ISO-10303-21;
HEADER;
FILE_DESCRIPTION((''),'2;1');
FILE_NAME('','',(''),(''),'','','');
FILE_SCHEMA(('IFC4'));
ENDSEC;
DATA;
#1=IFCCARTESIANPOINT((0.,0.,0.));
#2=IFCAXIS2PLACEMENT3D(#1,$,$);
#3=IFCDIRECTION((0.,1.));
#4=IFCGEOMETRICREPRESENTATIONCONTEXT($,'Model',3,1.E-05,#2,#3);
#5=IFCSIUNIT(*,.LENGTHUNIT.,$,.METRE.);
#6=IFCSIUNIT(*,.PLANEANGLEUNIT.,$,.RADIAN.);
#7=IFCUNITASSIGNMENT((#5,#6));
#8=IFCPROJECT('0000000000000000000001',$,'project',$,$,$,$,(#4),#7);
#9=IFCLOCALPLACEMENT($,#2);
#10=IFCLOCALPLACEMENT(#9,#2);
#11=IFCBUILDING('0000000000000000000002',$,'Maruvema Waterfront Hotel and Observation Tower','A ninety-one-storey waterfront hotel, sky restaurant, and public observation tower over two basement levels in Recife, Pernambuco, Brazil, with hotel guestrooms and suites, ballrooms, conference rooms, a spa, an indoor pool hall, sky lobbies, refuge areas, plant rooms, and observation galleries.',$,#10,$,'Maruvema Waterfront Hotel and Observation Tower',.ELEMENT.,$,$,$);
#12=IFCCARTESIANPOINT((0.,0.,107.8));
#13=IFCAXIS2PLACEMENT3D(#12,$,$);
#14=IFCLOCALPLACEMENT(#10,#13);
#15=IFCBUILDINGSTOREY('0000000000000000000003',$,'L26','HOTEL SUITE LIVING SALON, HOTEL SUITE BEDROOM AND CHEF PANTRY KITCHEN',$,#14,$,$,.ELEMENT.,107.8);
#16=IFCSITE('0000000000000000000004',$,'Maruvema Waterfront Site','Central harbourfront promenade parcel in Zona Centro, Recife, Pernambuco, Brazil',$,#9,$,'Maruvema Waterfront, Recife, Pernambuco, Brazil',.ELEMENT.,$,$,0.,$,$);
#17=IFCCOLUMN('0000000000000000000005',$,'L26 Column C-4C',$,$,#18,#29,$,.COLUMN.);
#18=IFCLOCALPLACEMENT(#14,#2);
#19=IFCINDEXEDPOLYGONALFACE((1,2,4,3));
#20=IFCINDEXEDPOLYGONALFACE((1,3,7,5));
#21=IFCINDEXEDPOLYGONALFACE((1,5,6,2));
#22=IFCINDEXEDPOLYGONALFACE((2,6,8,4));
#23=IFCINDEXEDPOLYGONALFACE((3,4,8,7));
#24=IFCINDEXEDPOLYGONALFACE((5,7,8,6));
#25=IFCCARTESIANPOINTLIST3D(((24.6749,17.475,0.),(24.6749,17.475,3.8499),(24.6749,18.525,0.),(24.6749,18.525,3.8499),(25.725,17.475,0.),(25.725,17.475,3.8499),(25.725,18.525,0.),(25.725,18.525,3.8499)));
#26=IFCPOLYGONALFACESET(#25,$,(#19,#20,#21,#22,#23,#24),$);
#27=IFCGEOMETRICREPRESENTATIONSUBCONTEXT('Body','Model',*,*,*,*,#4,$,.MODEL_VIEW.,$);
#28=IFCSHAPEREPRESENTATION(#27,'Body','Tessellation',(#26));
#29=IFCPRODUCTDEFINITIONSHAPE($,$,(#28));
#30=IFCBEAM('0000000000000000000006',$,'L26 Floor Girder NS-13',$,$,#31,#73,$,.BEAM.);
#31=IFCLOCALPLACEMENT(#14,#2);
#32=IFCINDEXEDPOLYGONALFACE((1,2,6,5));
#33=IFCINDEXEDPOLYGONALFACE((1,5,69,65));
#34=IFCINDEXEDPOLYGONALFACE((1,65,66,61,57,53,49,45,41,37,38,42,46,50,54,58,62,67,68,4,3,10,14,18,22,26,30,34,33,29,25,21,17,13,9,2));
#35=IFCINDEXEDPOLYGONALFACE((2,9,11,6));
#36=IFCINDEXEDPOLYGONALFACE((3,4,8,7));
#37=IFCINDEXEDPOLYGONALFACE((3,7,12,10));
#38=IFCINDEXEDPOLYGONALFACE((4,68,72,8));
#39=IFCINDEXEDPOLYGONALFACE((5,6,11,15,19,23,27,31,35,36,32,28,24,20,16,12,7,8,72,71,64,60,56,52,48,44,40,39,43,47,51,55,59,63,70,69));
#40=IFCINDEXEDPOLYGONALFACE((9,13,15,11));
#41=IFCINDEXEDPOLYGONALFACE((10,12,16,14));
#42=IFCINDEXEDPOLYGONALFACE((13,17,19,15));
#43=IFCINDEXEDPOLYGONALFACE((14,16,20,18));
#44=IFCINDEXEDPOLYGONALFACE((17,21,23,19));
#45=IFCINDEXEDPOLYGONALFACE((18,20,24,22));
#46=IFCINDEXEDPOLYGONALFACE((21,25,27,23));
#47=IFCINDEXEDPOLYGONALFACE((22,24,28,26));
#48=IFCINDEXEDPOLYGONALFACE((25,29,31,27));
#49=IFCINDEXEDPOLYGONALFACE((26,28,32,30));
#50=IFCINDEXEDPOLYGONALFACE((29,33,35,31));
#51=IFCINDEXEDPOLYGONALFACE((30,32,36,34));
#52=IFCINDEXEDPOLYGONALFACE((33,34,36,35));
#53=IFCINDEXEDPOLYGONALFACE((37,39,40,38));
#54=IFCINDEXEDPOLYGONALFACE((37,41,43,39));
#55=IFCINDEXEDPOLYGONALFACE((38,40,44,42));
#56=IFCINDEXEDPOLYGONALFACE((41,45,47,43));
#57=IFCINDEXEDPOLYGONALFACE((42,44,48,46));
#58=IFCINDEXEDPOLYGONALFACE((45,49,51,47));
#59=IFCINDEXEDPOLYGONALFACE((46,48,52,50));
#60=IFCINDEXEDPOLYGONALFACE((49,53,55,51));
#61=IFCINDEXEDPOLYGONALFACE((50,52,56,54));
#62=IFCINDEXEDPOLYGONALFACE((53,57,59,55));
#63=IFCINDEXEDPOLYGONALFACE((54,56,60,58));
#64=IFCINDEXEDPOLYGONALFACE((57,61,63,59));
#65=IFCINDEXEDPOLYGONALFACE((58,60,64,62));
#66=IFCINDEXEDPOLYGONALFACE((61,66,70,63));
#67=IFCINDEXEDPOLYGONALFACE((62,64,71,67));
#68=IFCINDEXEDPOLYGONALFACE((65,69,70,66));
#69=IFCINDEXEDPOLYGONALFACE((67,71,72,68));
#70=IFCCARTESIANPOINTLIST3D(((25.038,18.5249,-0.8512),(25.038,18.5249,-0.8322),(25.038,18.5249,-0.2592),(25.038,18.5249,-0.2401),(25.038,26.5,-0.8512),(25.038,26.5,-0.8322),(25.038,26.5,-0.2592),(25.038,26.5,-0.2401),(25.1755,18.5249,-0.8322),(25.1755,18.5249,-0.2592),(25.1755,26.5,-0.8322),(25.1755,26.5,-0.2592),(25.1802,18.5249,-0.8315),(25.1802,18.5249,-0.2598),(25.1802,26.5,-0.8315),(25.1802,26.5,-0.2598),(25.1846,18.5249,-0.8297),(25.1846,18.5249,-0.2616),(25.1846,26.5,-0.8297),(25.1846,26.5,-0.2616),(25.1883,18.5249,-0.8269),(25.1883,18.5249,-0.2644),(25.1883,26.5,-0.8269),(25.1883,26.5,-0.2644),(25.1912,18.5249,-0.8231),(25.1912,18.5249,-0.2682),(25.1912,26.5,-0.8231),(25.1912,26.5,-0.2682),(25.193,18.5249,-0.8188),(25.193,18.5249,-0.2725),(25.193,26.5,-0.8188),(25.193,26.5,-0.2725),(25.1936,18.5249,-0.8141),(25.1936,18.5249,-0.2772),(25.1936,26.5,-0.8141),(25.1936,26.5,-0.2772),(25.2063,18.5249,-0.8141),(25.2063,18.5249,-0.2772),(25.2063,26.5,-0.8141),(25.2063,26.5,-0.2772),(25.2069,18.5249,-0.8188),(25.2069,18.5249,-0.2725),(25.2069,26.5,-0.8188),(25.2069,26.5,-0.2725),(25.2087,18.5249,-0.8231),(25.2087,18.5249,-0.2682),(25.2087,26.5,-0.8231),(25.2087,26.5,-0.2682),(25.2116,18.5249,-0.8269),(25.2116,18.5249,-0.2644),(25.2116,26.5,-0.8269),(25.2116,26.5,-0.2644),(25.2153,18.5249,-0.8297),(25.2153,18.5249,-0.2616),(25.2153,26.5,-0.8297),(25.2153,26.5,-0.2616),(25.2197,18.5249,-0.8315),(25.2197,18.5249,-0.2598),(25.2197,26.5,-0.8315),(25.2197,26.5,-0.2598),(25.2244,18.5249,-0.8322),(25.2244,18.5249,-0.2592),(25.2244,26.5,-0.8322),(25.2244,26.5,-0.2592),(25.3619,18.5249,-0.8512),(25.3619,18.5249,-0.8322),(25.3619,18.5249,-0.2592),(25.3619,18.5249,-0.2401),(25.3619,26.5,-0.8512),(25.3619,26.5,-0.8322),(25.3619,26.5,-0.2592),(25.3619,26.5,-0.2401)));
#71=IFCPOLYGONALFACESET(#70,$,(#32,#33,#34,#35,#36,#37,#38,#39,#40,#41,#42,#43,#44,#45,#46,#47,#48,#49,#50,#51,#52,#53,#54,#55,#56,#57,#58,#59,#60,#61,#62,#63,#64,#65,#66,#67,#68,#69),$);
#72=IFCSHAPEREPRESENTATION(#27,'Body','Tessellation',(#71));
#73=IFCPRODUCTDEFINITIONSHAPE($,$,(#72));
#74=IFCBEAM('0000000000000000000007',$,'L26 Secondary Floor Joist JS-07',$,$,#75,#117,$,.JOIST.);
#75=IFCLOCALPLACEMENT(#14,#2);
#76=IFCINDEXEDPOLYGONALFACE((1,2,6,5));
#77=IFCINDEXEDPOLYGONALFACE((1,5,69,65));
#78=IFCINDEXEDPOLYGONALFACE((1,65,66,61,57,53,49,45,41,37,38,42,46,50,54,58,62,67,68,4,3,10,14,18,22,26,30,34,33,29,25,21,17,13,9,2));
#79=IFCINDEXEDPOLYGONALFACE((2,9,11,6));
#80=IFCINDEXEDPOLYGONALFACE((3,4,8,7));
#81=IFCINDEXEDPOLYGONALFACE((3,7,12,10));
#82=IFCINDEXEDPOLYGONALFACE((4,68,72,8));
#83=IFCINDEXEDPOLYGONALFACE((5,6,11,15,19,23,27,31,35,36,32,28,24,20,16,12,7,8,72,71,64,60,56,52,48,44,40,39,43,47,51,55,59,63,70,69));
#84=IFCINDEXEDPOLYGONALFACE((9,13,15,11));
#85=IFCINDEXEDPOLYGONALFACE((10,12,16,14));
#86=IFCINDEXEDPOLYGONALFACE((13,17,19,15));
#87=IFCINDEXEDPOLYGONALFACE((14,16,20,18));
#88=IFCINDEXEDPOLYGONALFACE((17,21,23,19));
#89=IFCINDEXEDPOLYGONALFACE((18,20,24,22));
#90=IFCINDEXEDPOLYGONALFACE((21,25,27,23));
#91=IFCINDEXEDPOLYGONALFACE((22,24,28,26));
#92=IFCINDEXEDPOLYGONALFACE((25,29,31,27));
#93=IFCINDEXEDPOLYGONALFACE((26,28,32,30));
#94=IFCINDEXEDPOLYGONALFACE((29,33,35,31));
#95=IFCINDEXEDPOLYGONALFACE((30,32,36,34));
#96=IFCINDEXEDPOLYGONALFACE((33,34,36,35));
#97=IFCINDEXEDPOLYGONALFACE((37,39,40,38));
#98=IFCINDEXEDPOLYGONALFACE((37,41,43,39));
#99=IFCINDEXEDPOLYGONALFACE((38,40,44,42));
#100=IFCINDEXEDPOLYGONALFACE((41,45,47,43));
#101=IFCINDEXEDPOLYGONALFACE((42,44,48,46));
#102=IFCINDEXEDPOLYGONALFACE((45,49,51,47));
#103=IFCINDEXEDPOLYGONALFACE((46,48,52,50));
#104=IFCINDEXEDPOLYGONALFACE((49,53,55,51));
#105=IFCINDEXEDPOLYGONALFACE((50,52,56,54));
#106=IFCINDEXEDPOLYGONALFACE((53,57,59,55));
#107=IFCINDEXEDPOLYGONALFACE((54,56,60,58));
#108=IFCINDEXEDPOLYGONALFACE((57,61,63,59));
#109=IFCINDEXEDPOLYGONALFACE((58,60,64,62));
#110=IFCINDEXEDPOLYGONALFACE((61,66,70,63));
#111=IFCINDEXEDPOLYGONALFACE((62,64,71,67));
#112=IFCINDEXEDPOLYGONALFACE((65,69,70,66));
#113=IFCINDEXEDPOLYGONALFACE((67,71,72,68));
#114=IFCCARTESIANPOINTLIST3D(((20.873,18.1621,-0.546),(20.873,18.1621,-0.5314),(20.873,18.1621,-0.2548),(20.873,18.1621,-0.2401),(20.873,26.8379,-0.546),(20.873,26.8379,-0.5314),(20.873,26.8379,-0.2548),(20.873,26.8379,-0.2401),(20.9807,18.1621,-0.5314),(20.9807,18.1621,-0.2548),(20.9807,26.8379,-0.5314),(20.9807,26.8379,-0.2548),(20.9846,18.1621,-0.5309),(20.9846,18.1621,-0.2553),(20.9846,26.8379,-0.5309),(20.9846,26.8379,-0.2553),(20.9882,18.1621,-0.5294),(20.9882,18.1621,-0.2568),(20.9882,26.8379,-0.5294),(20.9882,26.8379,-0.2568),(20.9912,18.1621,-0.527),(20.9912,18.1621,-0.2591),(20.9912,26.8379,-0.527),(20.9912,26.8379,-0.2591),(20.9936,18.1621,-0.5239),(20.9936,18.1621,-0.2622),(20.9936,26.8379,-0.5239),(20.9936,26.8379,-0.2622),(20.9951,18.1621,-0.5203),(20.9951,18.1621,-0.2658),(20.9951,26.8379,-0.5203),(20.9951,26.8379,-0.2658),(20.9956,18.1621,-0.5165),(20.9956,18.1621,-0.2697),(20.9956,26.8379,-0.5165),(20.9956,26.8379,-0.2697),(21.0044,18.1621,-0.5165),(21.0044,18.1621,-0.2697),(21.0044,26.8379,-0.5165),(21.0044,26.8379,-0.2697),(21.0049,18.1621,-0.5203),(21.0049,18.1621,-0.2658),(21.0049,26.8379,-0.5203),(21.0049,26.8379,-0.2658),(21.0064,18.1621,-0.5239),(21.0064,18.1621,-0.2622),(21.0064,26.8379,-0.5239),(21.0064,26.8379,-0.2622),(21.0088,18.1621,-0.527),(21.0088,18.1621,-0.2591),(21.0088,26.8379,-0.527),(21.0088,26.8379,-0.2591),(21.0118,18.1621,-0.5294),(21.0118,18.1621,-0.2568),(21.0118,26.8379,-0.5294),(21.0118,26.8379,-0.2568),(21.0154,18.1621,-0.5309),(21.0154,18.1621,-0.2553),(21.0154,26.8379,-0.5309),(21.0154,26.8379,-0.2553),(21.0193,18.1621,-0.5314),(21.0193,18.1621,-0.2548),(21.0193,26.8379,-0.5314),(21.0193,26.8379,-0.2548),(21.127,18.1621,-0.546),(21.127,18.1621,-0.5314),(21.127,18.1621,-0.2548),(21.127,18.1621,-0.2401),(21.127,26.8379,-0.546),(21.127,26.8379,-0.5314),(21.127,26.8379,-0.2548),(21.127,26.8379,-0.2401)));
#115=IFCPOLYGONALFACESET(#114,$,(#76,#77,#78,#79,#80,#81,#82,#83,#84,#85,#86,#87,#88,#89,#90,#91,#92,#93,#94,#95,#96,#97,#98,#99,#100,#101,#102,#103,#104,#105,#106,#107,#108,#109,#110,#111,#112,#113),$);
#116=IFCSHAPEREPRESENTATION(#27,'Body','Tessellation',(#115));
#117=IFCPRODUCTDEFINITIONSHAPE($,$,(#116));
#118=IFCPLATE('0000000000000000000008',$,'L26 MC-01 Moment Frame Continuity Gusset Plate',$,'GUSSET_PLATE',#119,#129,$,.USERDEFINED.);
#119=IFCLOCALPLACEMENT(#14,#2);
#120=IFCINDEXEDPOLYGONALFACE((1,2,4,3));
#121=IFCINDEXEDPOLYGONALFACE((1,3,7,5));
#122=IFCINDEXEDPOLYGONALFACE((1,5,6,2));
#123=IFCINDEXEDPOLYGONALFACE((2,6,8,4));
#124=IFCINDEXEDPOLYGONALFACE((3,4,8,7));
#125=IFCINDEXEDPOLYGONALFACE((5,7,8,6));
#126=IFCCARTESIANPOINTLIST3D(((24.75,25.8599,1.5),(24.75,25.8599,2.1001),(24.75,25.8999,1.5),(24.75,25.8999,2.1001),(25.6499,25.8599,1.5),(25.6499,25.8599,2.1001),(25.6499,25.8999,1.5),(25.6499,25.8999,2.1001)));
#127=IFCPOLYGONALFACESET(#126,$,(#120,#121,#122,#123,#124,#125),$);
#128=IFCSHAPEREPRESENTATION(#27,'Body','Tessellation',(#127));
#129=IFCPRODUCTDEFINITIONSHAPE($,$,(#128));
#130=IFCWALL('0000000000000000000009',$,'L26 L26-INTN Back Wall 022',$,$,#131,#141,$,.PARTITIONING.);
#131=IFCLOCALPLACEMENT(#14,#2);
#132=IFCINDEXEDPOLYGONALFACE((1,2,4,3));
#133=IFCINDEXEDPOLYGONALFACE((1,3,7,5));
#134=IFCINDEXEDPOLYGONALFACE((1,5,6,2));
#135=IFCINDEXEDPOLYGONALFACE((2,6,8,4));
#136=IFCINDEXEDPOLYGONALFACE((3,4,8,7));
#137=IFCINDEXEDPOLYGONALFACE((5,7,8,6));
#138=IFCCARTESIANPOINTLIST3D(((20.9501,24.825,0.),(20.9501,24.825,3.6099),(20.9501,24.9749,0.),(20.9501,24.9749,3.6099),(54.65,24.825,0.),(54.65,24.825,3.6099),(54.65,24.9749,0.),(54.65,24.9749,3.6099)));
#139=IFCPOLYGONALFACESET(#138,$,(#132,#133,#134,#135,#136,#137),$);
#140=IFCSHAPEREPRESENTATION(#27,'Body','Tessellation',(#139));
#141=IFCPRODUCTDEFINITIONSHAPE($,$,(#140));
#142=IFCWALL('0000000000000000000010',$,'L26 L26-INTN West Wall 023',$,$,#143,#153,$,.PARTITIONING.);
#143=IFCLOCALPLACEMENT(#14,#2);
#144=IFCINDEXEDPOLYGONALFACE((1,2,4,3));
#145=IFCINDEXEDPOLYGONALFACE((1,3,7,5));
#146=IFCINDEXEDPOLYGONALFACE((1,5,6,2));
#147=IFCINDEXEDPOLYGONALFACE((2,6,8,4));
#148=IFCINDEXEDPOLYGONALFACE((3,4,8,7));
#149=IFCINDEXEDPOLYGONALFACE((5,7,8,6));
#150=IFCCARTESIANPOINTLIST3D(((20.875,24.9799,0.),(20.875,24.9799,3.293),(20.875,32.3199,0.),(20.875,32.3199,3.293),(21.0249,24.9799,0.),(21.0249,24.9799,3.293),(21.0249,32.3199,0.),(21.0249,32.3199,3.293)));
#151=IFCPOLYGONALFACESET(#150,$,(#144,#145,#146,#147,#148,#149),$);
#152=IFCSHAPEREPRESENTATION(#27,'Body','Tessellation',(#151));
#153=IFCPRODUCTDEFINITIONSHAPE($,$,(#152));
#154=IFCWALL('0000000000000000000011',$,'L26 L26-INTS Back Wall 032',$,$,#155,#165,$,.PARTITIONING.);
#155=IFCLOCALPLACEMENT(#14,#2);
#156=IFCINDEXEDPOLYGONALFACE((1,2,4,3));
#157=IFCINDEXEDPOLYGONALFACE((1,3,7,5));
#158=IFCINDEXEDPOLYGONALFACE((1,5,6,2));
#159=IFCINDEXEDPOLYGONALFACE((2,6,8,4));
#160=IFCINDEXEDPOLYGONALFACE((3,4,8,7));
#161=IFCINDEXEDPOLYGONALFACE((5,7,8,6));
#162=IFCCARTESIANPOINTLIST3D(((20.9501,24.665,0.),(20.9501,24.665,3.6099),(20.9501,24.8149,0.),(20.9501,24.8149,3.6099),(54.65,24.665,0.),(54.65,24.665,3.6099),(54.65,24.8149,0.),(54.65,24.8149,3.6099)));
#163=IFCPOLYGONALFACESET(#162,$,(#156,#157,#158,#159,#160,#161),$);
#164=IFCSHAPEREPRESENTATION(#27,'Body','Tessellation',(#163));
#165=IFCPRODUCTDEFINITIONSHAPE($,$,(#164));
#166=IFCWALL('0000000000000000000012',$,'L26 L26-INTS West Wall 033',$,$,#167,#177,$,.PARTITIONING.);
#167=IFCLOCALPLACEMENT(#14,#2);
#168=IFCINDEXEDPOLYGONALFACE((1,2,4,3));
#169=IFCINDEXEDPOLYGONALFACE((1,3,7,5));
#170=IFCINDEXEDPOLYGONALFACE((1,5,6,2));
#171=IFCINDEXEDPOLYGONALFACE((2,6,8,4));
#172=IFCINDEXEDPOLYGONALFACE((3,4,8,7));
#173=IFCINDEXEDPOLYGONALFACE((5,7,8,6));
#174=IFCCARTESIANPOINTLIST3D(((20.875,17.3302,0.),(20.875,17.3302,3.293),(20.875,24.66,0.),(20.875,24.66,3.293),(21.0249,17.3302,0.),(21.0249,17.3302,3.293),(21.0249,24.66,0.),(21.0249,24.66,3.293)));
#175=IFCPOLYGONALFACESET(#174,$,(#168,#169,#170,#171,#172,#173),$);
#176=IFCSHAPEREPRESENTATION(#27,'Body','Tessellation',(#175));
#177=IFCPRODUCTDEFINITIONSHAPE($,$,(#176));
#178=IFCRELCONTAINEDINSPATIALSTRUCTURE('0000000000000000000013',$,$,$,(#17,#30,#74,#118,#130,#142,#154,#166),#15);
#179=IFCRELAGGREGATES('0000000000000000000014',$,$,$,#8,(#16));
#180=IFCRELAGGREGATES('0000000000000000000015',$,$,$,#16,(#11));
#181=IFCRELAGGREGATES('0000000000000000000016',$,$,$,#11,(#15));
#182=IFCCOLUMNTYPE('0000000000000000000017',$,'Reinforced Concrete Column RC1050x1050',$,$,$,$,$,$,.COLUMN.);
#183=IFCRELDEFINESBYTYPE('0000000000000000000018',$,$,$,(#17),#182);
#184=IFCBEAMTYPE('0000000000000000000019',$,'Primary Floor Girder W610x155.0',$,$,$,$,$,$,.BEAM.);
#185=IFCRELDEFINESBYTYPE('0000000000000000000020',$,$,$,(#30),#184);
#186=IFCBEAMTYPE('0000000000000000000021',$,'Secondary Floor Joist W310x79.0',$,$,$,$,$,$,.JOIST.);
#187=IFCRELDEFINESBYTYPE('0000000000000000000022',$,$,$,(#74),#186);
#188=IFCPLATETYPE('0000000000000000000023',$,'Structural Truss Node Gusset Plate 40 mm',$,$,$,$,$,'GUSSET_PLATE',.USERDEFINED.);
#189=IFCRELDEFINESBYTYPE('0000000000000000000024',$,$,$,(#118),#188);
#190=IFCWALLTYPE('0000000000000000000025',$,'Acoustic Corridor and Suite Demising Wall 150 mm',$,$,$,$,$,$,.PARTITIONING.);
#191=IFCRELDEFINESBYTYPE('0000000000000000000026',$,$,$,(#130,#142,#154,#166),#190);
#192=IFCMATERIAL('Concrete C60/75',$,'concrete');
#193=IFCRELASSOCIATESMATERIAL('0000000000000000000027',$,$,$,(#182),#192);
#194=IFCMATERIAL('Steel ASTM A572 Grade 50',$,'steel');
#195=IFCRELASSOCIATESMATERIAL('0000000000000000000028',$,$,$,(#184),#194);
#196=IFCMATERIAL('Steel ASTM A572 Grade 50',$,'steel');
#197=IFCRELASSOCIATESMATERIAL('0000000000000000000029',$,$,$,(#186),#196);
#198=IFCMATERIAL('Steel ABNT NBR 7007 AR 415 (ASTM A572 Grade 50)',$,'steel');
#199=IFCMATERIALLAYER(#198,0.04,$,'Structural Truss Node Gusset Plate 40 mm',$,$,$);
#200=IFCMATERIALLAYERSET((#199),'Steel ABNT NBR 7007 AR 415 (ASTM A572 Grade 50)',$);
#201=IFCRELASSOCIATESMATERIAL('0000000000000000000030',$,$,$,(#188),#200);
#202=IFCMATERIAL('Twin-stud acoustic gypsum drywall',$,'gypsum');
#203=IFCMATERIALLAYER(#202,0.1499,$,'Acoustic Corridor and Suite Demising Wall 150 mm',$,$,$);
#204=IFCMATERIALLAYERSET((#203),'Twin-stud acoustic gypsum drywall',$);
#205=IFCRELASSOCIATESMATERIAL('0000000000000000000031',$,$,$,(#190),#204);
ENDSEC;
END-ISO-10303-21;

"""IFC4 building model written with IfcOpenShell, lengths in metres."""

from ifc_helpers import new_model, si_unit, direction, frame, frame_2d, origin, origin_2d, place, context, subcontext, project, spatial, rectangle, i_section, extrude, material, layer, layer_set, material_profile, profile_set, type_object, element, save


model = new_model("IFC4")

# Units and contexts
model_context = context("Model", 3, precision=1e-05, world=origin(), true_north=direction((0.0, 1.0)))
body_context = subcontext(model_context, "Body", "Model", "MODEL_VIEW")
ifc_project = project(units=[si_unit("LENGTHUNIT", "METRE"), si_unit("PLANEANGLEUNIT", "RADIAN")], contexts=[model_context])

# Site, building, storey
site_placement = place(None, origin())
site = spatial("IfcSite", under=ifc_project, at=site_placement, Name="Maruvema Waterfront Site", Description="Central harbourfront promenade parcel in Zona Centro, Recife, Pernambuco, Brazil", LongName="Maruvema Waterfront, Recife, Pernambuco, Brazil", CompositionType="ELEMENT", RefElevation=0.0)
building_placement = place(site_placement, origin())
building = spatial("IfcBuilding", under=site, at=building_placement, Name="Maruvema Waterfront Hotel and Observation Tower", Description="A ninety-one-storey waterfront hotel, sky restaurant, and public observation tower over two basement levels in Recife, Pernambuco, Brazil, with hotel guestrooms and suites, ballrooms, conference rooms, a spa, an indoor pool hall, sky lobbies, refuge areas, plant rooms, and observation galleries.", LongName="Maruvema Waterfront Hotel and Observation Tower", CompositionType="ELEMENT")
storey_placement = place(building_placement, frame((0.0, 0.0, 107.8)))
storey = spatial("IfcBuildingStorey", under=building, at=storey_placement, Name="L26", Description="HOTEL SUITE LIVING SALON, HOTEL SUITE BEDROOM AND CHEF PANTRY KITCHEN", CompositionType="ELEMENT", Elevation=107.8)

# Column
ifc_material_1 = material(Name="Concrete C60/75", Category="concrete")
ifc_material_profile_1 = material_profile(ifc_material_1, rectangle(XDim=1.05, YDim=1.05, at=origin_2d()), Name="RC1050x1050")
ifc_profile_set_1 = profile_set([ifc_material_profile_1], Name="Concrete C60/75")
column_type = type_object("IfcColumnType", Name="Reinforced Concrete Column RC1050x1050", PredefinedType="COLUMN", material=ifc_profile_set_1)
column_placement = place(storey_placement, frame((25.2, 18.0, 0.0), z_axis=(0.0, 0.0, 1.0), x_axis=(1.0, 0.0, 0.0)))
element("IfcColumn", 1, at=column_placement, inside=storey, type_object=column_type, Name="L26 Column C-4C", PredefinedType="COLUMN", context=body_context, shape_type="SweptSolid", body=[
    extrude(rectangle(XDim=1.05, YDim=1.05, at=origin_2d()), origin(), (0.0, 0.0, 1.0), 3.8499),
])

# Beams
ifc_material_2 = material(Name="Steel ASTM A572 Grade 50", Category="steel")
ifc_material_profile_2 = material_profile(ifc_material_2, i_section(OverallWidth=0.324, OverallDepth=0.6111, WebThickness=0.0127, FlangeThickness=0.019, FilletRadius=0.0181, at=origin_2d()), Name="W610x155.0")
ifc_profile_set_2 = profile_set([ifc_material_profile_2], Name="Steel ASTM A572 Grade 50")
beam_type_1 = type_object("IfcBeamType", Name="Primary Floor Girder W610x155.0", PredefinedType="BEAM", material=ifc_profile_set_2)
beam_1_placement = place(storey_placement, frame((25.2, 18.5249, -0.5457), z_axis=(0.0, 1.0, 0.0), x_axis=(-1.0, 0.0, 0.0)))
element("IfcBeam", 2, at=beam_1_placement, inside=storey, type_object=beam_type_1, Name="L26 Floor Girder NS-13", PredefinedType="BEAM", context=body_context, shape_type="SweptSolid", body=[
    extrude(i_section(OverallWidth=0.324, OverallDepth=0.6111, WebThickness=0.0127, FlangeThickness=0.019, FilletRadius=0.0181, at=origin_2d()), origin(), (0.0, 0.0, 1.0), 7.9751),
])
ifc_material_3 = material(Name="Steel ASTM A572 Grade 50", Category="steel")
ifc_material_profile_3 = material_profile(ifc_material_3, i_section(OverallWidth=0.2539, OverallDepth=0.3059, WebThickness=0.0088, FlangeThickness=0.0146, FilletRadius=0.0149, at=origin_2d()), Name="W310x79.0")
ifc_profile_set_3 = profile_set([ifc_material_profile_3], Name="Steel ASTM A572 Grade 50")
beam_type_2 = type_object("IfcBeamType", Name="Secondary Floor Joist W310x79.0", PredefinedType="JOIST", material=ifc_profile_set_3)
beam_2_placement = place(storey_placement, frame((21.0, 18.1621, -0.3931), z_axis=(0.0, 1.0, 0.0), x_axis=(-1.0, 0.0, 0.0)))
element("IfcBeam", 3, at=beam_2_placement, inside=storey, type_object=beam_type_2, Name="L26 Secondary Floor Joist JS-07", PredefinedType="JOIST", context=body_context, shape_type="SweptSolid", body=[
    extrude(i_section(OverallWidth=0.2539, OverallDepth=0.3059, WebThickness=0.0088, FlangeThickness=0.0146, FilletRadius=0.0149, at=origin_2d()), origin(), (0.0, 0.0, 1.0), 8.6758),
])

# Plate
ifc_material_4 = material(Name="Steel ABNT NBR 7007 AR 415 (ASTM A572 Grade 50)", Category="steel")
ifc_layer_1 = layer(ifc_material_4, 0.04, Name="Structural Truss Node Gusset Plate 40 mm")
ifc_layer_set_1 = layer_set([ifc_layer_1], Name="Steel ABNT NBR 7007 AR 415 (ASTM A572 Grade 50)")
plate_type = type_object("IfcPlateType", Name="Structural Truss Node Gusset Plate 40 mm", ElementType="GUSSET_PLATE", PredefinedType="USERDEFINED", material=ifc_layer_set_1)
plate_placement = place(storey_placement, frame((25.2, 25.8799, 1.5), z_axis=(0.0, 0.0, 1.0), x_axis=(1.0, 0.0, 0.0)))
element("IfcPlate", 4, at=plate_placement, inside=storey, type_object=plate_type, Name="L26 MC-01 Moment Frame Continuity Gusset Plate", ObjectType="GUSSET_PLATE", PredefinedType="USERDEFINED", context=body_context, shape_type="SweptSolid", body=[
    extrude(rectangle(XDim=0.8999, YDim=0.04, at=origin_2d()), origin(), (0.0, 0.0, 1.0), 0.6001),
])

# Walls
ifc_material_5 = material(Name="Twin-stud acoustic gypsum drywall", Category="gypsum")
ifc_layer_2 = layer(ifc_material_5, 0.1499, Name="Acoustic Corridor and Suite Demising Wall 150 mm")
ifc_layer_set_2 = layer_set([ifc_layer_2], Name="Twin-stud acoustic gypsum drywall")
wall_type = type_object("IfcWallType", Name="Acoustic Corridor and Suite Demising Wall 150 mm", PredefinedType="PARTITIONING", material=ifc_layer_set_2)
wall_1_placement = place(storey_placement, frame((20.95, 24.8999, 0.0), z_axis=(0.0, 0.0, 1.0), x_axis=(1.0, 0.0, 0.0)))
element("IfcWall", 5, at=wall_1_placement, inside=storey, type_object=wall_type, Name="L26 L26-INTN Back Wall 022", PredefinedType="PARTITIONING", context=body_context, shape_type="SweptSolid", body=[
    extrude(rectangle(XDim=33.7, YDim=0.1499, at=frame_2d((16.8501, 0.0))), origin(), (0.0, 0.0, 1.0), 3.6099),
])
wall_2_placement = place(storey_placement, frame((20.95, 24.98, 0.0), z_axis=(0.0, 0.0, 1.0), x_axis=(0.0, 1.0, 0.0)))
element("IfcWall", 6, at=wall_2_placement, inside=storey, type_object=wall_type, Name="L26 L26-INTN West Wall 023", PredefinedType="PARTITIONING", context=body_context, shape_type="SweptSolid", body=[
    extrude(rectangle(XDim=7.3401, YDim=0.1499, at=frame_2d((3.6699, 0.0))), origin(), (0.0, 0.0, 1.0), 3.293),
])
wall_3_placement = place(storey_placement, frame((20.95, 24.74, 0.0), z_axis=(0.0, 0.0, 1.0), x_axis=(1.0, 0.0, 0.0)))
element("IfcWall", 7, at=wall_3_placement, inside=storey, type_object=wall_type, Name="L26 L26-INTS Back Wall 032", PredefinedType="PARTITIONING", context=body_context, shape_type="SweptSolid", body=[
    extrude(rectangle(XDim=33.7, YDim=0.1499, at=frame_2d((16.8501, 0.0))), origin(), (0.0, 0.0, 1.0), 3.6099),
])
wall_4_placement = place(storey_placement, frame((20.95, 17.3301, 0.0), z_axis=(0.0, 0.0, 1.0), x_axis=(0.0, 1.0, 0.0)))
element("IfcWall", 8, at=wall_4_placement, inside=storey, type_object=wall_type, Name="L26 L26-INTS West Wall 033", PredefinedType="PARTITIONING", context=body_context, shape_type="SweptSolid", body=[
    extrude(rectangle(XDim=7.3298, YDim=0.1499, at=frame_2d((3.665, 0.0))), origin(), (0.0, 0.0, 1.0), 3.293),
])

save(model, "model.ifc")
